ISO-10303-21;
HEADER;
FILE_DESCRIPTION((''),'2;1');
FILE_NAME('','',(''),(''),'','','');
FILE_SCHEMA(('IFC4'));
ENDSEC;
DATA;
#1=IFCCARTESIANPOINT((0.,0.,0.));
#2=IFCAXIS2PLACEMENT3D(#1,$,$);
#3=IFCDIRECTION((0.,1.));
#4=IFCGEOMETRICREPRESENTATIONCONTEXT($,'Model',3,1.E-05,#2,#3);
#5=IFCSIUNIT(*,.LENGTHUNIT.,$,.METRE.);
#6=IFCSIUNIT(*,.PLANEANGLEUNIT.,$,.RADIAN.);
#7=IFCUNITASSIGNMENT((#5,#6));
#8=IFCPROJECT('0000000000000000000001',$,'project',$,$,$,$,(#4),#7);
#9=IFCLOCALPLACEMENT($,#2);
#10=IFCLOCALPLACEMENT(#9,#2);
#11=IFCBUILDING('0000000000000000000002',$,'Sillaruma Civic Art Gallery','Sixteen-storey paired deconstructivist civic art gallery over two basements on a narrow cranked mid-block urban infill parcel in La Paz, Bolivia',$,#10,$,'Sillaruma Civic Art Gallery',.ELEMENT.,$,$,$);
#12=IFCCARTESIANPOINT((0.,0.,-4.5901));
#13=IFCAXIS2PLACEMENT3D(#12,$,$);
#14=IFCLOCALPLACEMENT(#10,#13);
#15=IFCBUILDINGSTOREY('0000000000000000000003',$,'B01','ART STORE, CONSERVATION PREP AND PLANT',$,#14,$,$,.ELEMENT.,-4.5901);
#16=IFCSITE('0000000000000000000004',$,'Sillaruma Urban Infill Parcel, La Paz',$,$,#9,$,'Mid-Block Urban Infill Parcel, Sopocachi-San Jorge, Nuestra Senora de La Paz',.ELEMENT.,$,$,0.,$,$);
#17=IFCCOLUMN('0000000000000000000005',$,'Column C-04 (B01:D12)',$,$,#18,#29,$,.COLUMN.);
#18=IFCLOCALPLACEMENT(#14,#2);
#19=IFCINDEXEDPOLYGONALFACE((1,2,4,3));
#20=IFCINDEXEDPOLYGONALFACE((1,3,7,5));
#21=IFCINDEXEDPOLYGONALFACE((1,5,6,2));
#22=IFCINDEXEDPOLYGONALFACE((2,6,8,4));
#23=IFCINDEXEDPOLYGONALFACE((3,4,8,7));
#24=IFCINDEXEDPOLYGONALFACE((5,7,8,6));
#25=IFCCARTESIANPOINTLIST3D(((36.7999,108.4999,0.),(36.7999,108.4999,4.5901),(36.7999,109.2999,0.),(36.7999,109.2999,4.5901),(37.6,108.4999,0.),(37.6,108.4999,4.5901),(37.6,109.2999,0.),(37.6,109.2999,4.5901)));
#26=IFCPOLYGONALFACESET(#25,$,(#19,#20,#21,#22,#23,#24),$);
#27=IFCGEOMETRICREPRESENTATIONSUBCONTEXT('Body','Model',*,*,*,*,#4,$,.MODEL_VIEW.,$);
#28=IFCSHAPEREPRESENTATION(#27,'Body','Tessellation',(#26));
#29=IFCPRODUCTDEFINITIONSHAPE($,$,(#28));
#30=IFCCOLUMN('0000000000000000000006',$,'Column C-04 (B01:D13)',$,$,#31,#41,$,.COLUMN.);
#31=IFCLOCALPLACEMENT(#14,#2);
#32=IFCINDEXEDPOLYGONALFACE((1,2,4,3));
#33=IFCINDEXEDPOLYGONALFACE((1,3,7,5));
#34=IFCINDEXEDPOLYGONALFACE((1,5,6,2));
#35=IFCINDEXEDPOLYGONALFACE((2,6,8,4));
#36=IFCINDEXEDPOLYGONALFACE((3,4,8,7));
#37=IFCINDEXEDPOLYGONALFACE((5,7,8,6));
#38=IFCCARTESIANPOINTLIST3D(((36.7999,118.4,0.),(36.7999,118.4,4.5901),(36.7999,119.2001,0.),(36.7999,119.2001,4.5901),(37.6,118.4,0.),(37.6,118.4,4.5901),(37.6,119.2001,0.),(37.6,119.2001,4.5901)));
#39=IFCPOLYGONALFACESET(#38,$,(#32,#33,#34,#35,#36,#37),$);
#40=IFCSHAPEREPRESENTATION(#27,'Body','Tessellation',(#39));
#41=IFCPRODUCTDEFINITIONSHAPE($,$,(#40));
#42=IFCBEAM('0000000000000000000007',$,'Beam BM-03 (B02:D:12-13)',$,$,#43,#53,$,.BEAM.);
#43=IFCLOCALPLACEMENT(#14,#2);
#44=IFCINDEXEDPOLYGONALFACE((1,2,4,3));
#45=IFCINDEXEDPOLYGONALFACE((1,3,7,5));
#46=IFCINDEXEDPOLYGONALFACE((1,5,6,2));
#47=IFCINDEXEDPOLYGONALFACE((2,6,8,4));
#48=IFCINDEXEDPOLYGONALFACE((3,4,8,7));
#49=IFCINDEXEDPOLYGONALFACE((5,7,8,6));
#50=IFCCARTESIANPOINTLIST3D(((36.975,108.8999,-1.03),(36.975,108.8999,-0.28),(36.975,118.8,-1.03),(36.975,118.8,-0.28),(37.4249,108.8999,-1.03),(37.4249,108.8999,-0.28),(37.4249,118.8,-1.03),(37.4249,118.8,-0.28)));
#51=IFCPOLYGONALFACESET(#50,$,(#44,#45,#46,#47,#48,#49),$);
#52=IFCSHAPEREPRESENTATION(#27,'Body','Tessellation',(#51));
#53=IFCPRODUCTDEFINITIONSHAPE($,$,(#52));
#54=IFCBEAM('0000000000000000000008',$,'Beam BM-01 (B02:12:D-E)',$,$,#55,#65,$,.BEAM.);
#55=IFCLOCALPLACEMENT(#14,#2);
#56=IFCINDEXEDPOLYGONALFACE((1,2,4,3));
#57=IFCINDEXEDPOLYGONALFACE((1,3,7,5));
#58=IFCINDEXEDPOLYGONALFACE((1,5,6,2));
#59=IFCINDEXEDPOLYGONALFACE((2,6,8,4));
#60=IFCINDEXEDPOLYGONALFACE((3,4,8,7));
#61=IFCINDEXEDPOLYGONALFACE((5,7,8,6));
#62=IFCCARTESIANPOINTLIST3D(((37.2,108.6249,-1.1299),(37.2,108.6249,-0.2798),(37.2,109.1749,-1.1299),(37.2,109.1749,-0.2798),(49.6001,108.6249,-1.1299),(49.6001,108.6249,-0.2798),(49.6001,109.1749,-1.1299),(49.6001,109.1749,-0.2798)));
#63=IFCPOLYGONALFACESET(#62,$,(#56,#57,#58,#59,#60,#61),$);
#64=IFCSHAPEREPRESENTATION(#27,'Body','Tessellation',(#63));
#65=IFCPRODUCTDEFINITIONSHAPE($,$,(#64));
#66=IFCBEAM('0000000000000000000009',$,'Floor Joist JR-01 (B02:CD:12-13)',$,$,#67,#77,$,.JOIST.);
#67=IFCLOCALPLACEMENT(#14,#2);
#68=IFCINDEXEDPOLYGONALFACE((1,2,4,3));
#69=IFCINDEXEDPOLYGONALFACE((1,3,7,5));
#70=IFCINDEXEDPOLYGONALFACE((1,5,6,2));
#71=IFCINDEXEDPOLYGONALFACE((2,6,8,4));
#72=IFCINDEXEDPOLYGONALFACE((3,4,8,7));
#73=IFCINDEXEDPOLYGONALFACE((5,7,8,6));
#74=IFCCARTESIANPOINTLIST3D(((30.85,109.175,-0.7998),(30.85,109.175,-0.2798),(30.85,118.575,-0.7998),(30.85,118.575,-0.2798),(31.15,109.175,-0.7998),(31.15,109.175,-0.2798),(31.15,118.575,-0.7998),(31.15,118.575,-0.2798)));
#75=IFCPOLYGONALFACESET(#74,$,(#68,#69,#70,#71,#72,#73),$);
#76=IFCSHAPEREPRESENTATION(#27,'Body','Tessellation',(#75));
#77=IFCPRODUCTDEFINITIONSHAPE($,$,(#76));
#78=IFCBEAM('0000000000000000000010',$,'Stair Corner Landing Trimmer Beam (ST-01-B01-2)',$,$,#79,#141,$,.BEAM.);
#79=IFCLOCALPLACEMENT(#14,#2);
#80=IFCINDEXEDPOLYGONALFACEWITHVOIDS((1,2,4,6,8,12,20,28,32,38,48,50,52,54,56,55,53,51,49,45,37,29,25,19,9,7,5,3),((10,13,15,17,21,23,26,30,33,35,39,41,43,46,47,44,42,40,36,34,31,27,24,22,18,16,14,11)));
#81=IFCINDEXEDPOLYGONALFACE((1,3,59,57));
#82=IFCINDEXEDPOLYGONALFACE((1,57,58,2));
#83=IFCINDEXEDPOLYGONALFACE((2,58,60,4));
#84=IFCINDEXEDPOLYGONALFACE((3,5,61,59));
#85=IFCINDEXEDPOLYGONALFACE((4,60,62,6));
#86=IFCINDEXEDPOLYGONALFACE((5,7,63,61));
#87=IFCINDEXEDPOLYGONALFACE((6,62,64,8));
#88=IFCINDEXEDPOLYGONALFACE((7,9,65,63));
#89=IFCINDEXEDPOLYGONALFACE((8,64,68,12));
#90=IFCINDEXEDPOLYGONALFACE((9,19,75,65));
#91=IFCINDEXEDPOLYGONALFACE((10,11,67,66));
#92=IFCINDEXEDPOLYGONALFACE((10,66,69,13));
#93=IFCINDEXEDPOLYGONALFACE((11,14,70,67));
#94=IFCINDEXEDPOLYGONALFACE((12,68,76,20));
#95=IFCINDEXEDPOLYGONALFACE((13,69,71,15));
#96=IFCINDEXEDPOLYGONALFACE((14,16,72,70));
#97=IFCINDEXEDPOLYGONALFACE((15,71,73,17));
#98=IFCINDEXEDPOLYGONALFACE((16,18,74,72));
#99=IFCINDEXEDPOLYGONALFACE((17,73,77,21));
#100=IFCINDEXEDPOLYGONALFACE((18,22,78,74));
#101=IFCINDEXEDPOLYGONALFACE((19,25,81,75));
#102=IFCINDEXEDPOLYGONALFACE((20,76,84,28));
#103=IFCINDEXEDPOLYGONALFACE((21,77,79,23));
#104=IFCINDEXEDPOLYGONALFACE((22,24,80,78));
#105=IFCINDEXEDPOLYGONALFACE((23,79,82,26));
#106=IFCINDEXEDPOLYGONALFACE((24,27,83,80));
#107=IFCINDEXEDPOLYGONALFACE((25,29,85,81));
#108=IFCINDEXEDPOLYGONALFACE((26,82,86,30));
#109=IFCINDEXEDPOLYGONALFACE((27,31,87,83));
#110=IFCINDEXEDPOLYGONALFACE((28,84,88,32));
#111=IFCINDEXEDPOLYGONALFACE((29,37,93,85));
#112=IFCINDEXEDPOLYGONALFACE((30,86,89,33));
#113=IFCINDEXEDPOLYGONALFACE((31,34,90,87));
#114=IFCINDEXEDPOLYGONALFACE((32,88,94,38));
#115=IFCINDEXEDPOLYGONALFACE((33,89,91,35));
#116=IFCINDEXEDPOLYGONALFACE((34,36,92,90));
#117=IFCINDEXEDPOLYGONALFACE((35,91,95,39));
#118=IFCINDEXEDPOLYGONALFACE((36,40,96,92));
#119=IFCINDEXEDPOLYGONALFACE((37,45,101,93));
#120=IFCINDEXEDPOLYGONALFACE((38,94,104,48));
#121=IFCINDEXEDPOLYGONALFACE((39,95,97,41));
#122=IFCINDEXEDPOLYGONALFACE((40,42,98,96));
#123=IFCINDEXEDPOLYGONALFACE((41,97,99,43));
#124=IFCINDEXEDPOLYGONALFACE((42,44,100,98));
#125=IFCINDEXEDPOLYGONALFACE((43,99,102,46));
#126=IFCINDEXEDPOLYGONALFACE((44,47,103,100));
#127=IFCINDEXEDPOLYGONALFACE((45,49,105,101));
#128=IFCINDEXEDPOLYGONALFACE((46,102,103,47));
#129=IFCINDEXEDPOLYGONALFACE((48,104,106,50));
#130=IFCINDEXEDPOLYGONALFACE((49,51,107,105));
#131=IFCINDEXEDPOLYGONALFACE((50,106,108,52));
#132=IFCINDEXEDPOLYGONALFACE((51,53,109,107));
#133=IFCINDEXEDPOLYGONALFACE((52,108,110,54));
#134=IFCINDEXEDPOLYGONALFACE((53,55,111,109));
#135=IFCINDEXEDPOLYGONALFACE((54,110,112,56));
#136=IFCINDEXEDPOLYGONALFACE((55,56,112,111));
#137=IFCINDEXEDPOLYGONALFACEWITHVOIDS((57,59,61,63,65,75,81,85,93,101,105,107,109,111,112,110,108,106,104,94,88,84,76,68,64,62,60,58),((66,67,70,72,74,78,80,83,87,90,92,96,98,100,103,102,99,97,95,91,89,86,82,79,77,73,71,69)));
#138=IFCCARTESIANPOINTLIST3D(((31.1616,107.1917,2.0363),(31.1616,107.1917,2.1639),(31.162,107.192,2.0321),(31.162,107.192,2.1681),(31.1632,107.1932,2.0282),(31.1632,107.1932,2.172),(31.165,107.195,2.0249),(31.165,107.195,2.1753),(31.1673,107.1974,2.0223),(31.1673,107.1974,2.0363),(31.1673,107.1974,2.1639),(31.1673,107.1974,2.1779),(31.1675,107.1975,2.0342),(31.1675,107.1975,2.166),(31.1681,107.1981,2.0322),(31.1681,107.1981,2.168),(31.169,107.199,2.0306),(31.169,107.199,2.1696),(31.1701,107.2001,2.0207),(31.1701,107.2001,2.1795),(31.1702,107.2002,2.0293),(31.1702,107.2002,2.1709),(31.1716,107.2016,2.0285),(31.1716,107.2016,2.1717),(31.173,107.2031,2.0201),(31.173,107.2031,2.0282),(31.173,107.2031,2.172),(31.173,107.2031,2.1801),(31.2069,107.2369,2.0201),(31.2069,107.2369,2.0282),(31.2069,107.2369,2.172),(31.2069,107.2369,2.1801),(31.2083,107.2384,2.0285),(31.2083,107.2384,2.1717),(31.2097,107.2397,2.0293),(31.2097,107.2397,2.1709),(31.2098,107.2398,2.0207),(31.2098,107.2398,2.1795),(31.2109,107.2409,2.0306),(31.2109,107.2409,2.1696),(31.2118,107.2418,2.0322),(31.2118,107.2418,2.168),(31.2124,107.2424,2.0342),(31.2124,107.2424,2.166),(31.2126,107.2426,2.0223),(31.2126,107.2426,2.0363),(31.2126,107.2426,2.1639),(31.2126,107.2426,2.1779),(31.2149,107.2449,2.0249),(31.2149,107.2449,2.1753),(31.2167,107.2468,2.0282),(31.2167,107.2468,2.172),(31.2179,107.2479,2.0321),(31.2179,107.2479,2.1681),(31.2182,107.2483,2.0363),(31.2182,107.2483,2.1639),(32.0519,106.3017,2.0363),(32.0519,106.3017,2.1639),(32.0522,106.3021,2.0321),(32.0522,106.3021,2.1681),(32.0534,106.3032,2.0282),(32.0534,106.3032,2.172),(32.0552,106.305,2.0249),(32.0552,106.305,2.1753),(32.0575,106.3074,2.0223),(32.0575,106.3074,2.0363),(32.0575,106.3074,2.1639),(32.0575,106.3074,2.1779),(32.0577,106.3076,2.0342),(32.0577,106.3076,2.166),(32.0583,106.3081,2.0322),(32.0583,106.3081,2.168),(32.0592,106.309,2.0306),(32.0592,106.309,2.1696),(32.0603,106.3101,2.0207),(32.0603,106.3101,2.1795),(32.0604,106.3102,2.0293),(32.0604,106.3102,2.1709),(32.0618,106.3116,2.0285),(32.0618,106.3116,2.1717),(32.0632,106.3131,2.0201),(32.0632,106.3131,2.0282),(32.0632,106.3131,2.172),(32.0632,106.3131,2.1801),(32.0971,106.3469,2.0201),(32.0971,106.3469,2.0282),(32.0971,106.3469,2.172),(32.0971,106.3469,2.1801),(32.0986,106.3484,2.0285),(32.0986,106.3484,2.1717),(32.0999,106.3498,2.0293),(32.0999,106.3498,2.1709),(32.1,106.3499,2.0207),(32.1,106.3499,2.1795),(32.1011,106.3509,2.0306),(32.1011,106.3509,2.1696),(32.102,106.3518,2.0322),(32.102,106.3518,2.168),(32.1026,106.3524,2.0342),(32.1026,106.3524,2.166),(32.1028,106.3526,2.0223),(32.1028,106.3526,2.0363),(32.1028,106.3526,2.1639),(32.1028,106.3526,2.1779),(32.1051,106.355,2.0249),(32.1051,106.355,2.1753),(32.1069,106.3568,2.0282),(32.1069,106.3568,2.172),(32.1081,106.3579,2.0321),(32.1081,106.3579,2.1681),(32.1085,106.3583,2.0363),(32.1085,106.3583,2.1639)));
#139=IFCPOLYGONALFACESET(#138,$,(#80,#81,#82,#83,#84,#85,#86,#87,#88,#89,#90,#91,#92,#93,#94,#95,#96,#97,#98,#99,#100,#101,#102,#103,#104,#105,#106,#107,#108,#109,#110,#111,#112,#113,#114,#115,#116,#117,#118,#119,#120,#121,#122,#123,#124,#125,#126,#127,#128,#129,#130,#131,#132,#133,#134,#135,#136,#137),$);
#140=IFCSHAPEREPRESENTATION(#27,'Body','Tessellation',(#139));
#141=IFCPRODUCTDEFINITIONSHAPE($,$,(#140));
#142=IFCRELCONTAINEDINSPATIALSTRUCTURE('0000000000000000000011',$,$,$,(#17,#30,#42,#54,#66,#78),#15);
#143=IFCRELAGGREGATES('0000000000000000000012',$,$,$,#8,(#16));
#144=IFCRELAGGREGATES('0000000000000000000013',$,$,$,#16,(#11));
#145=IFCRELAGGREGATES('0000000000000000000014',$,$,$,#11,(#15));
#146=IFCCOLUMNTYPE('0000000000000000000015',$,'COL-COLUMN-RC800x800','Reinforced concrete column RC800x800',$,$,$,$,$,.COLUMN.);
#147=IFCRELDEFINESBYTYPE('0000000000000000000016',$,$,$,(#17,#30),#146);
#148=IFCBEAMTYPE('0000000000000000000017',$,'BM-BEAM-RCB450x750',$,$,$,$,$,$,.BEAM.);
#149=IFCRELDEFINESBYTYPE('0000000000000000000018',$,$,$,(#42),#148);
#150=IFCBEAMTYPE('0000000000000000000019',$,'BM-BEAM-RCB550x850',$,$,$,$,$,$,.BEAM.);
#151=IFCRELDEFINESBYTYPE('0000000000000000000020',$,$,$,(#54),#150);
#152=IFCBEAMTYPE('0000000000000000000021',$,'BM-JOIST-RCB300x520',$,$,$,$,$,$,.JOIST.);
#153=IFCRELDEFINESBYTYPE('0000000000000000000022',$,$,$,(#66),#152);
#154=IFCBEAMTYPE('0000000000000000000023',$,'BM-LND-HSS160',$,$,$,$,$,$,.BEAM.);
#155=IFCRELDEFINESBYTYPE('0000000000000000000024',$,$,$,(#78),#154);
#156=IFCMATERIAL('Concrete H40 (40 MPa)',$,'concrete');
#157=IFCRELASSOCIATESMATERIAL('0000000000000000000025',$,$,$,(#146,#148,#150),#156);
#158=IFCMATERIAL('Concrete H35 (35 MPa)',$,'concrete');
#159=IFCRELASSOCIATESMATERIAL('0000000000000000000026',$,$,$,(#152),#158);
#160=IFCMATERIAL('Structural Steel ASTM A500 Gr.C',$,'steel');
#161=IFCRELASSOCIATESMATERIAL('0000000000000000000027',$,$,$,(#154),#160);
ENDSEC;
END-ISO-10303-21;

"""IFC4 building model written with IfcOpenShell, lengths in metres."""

from ifc_helpers import new_model, si_unit, direction, frame, origin, origin_2d, place, context, subcontext, project, spatial, rectangle, hollow_rectangle, extrude, material, material_profile, profile_set, type_object, element, save


model = new_model("IFC4")

# Units and contexts
model_context = context("Model", 3, precision=1e-05, world=origin(), true_north=direction((0.0, 1.0)))
body_context = subcontext(model_context, "Body", "Model", "MODEL_VIEW")
ifc_project = project(units=[si_unit("LENGTHUNIT", "METRE"), si_unit("PLANEANGLEUNIT", "RADIAN")], contexts=[model_context])

# Site, building, storey
site_placement = place(None, origin())
site = spatial("IfcSite", under=ifc_project, at=site_placement, Name="Sillaruma Urban Infill Parcel, La Paz", LongName="Mid-Block Urban Infill Parcel, Sopocachi-San Jorge, Nuestra Senora de La Paz", CompositionType="ELEMENT", RefElevation=0.0)
building_placement = place(site_placement, origin())
building = spatial("IfcBuilding", under=site, at=building_placement, Name="Sillaruma Civic Art Gallery", Description="Sixteen-storey paired deconstructivist civic art gallery over two basements on a narrow cranked mid-block urban infill parcel in La Paz, Bolivia", LongName="Sillaruma Civic Art Gallery", CompositionType="ELEMENT")
storey_placement = place(building_placement, frame((0.0, 0.0, -4.5901)))
storey = spatial("IfcBuildingStorey", under=building, at=storey_placement, Name="B01", Description="ART STORE, CONSERVATION PREP AND PLANT", CompositionType="ELEMENT", Elevation=-4.5901)

# Columns
ifc_material_1 = material(Name="Concrete H40 (40 MPa)", Category="concrete")
ifc_material_profile_1 = material_profile(ifc_material_1, rectangle(XDim=0.8, YDim=0.8, at=origin_2d()), Name="RC800x800")
ifc_profile_set_1 = profile_set([ifc_material_profile_1], Name="Concrete H40 (40 MPa)")
column_type = type_object("IfcColumnType", Name="COL-COLUMN-RC800x800", Description="Reinforced concrete column RC800x800", PredefinedType="COLUMN", material=ifc_profile_set_1)
for number, where, z_axis, x_axis, name in (
    (1, (37.2, 108.8999, 0.0), (0.0, 0.0, 1.0), (1.0, 0.0, 0.0), "Column C-04 (B01:D12)"),
    (2, (37.2, 118.8, 0.0), (0.0, 0.0, 1.0), (1.0, 0.0, 0.0), "Column C-04 (B01:D13)"),
):
    element("IfcColumn", number, at=place(storey_placement, frame(where, z_axis=z_axis, x_axis=x_axis)), inside=storey, type_object=column_type, Name=name, PredefinedType="COLUMN", context=body_context, shape_type="SweptSolid", body=[
        extrude(rectangle(XDim=0.8, YDim=0.8, at=origin_2d()), origin(), (0.0, 0.0, 1.0), 4.5901),
    ])

# Beams
ifc_material_profile_2 = material_profile(ifc_material_1, rectangle(XDim=0.45, YDim=0.75, at=origin_2d()), Name="RCB450x750")
ifc_profile_set_2 = profile_set([ifc_material_profile_2], Name="Concrete H40 (40 MPa)")
beam_type_1 = type_object("IfcBeamType", Name="BM-BEAM-RCB450x750", PredefinedType="BEAM", material=ifc_profile_set_2)
beam_1_placement = place(storey_placement, frame((37.2, 108.8999, -0.655), z_axis=(0.0, 1.0, 0.0), x_axis=(-1.0, 0.0, 0.0)))
element("IfcBeam", 3, at=beam_1_placement, inside=storey, type_object=beam_type_1, Name="Beam BM-03 (B02:D:12-13)", PredefinedType="BEAM", context=body_context, shape_type="SweptSolid", body=[
    extrude(rectangle(XDim=0.45, YDim=0.75, at=origin_2d()), origin(), (0.0, 0.0, 1.0), 9.9001),
])
ifc_material_profile_3 = material_profile(ifc_material_1, rectangle(XDim=0.55, YDim=0.8501, at=origin_2d()), Name="RCB550x850")
ifc_profile_set_3 = profile_set([ifc_material_profile_3], Name="Concrete H40 (40 MPa)")
beam_type_2 = type_object("IfcBeamType", Name="BM-BEAM-RCB550x850", PredefinedType="BEAM", material=ifc_profile_set_3)
beam_2_placement = place(storey_placement, frame((37.2, 108.8999, -0.7048), z_axis=(1.0, 0.0, 0.0), x_axis=(0.0, 1.0, 0.0)))
element("IfcBeam", 4, at=beam_2_placement, inside=storey, type_object=beam_type_2, Name="Beam BM-01 (B02:12:D-E)", PredefinedType="BEAM", context=body_context, shape_type="SweptSolid", body=[
    extrude(rectangle(XDim=0.55, YDim=0.8501, at=origin_2d()), origin(), (0.0, 0.0, 1.0), 12.4001),
])
ifc_material_2 = material(Name="Concrete H35 (35 MPa)", Category="concrete")
ifc_material_profile_4 = material_profile(ifc_material_2, rectangle(XDim=0.3, YDim=0.52, at=origin_2d()), Name="RCB300x520")
ifc_profile_set_4 = profile_set([ifc_material_profile_4], Name="Concrete H35 (35 MPa)")
beam_type_3 = type_object("IfcBeamType", Name="BM-JOIST-RCB300x520", PredefinedType="JOIST", material=ifc_profile_set_4)
beam_3_placement = place(storey_placement, frame((31.0, 109.175, -0.5398), z_axis=(0.0, 1.0, 0.0), x_axis=(-1.0, 0.0, 0.0)))
element("IfcBeam", 5, at=beam_3_placement, inside=storey, type_object=beam_type_3, Name="Floor Joist JR-01 (B02:CD:12-13)", PredefinedType="JOIST", context=body_context, shape_type="SweptSolid", body=[
    extrude(rectangle(XDim=0.3, YDim=0.52, at=origin_2d()), origin(), (0.0, 0.0, 1.0), 9.3999),
])
ifc_material_3 = material(Name="Structural Steel ASTM A500 Gr.C", Category="steel")
ifc_material_profile_5 = material_profile(ifc_material_3, hollow_rectangle(XDim=0.0801, YDim=0.1599, WallThickness=0.0081, InnerFilletRadius=0.0081, OuterFilletRadius=0.0161, at=origin_2d()), Name="HSS160x80x8")
ifc_profile_set_5 = profile_set([ifc_material_profile_5], Name="Structural Steel ASTM A500 Gr.C")
beam_type_4 = type_object("IfcBeamType", Name="BM-LND-HSS160", PredefinedType="BEAM", material=ifc_profile_set_5)
beam_4_placement = place(storey_placement, frame((31.1899, 107.22, 2.1001), z_axis=(0.707204, -0.70701, 0.0), x_axis=(0.70701, 0.707204, 0.0)))
element("IfcBeam", 6, at=beam_4_placement, inside=storey, type_object=beam_type_4, Name="Stair Corner Landing Trimmer Beam (ST-01-B01-2)", PredefinedType="BEAM", context=body_context, shape_type="SweptSolid", body=[
    extrude(hollow_rectangle(XDim=0.0801, YDim=0.1599, WallThickness=0.0081, InnerFilletRadius=0.0081, OuterFilletRadius=0.0161, at=origin_2d()), origin(), (0.0, 0.0, 1.0), 1.2588),
])

save(model, "model.ifc")
